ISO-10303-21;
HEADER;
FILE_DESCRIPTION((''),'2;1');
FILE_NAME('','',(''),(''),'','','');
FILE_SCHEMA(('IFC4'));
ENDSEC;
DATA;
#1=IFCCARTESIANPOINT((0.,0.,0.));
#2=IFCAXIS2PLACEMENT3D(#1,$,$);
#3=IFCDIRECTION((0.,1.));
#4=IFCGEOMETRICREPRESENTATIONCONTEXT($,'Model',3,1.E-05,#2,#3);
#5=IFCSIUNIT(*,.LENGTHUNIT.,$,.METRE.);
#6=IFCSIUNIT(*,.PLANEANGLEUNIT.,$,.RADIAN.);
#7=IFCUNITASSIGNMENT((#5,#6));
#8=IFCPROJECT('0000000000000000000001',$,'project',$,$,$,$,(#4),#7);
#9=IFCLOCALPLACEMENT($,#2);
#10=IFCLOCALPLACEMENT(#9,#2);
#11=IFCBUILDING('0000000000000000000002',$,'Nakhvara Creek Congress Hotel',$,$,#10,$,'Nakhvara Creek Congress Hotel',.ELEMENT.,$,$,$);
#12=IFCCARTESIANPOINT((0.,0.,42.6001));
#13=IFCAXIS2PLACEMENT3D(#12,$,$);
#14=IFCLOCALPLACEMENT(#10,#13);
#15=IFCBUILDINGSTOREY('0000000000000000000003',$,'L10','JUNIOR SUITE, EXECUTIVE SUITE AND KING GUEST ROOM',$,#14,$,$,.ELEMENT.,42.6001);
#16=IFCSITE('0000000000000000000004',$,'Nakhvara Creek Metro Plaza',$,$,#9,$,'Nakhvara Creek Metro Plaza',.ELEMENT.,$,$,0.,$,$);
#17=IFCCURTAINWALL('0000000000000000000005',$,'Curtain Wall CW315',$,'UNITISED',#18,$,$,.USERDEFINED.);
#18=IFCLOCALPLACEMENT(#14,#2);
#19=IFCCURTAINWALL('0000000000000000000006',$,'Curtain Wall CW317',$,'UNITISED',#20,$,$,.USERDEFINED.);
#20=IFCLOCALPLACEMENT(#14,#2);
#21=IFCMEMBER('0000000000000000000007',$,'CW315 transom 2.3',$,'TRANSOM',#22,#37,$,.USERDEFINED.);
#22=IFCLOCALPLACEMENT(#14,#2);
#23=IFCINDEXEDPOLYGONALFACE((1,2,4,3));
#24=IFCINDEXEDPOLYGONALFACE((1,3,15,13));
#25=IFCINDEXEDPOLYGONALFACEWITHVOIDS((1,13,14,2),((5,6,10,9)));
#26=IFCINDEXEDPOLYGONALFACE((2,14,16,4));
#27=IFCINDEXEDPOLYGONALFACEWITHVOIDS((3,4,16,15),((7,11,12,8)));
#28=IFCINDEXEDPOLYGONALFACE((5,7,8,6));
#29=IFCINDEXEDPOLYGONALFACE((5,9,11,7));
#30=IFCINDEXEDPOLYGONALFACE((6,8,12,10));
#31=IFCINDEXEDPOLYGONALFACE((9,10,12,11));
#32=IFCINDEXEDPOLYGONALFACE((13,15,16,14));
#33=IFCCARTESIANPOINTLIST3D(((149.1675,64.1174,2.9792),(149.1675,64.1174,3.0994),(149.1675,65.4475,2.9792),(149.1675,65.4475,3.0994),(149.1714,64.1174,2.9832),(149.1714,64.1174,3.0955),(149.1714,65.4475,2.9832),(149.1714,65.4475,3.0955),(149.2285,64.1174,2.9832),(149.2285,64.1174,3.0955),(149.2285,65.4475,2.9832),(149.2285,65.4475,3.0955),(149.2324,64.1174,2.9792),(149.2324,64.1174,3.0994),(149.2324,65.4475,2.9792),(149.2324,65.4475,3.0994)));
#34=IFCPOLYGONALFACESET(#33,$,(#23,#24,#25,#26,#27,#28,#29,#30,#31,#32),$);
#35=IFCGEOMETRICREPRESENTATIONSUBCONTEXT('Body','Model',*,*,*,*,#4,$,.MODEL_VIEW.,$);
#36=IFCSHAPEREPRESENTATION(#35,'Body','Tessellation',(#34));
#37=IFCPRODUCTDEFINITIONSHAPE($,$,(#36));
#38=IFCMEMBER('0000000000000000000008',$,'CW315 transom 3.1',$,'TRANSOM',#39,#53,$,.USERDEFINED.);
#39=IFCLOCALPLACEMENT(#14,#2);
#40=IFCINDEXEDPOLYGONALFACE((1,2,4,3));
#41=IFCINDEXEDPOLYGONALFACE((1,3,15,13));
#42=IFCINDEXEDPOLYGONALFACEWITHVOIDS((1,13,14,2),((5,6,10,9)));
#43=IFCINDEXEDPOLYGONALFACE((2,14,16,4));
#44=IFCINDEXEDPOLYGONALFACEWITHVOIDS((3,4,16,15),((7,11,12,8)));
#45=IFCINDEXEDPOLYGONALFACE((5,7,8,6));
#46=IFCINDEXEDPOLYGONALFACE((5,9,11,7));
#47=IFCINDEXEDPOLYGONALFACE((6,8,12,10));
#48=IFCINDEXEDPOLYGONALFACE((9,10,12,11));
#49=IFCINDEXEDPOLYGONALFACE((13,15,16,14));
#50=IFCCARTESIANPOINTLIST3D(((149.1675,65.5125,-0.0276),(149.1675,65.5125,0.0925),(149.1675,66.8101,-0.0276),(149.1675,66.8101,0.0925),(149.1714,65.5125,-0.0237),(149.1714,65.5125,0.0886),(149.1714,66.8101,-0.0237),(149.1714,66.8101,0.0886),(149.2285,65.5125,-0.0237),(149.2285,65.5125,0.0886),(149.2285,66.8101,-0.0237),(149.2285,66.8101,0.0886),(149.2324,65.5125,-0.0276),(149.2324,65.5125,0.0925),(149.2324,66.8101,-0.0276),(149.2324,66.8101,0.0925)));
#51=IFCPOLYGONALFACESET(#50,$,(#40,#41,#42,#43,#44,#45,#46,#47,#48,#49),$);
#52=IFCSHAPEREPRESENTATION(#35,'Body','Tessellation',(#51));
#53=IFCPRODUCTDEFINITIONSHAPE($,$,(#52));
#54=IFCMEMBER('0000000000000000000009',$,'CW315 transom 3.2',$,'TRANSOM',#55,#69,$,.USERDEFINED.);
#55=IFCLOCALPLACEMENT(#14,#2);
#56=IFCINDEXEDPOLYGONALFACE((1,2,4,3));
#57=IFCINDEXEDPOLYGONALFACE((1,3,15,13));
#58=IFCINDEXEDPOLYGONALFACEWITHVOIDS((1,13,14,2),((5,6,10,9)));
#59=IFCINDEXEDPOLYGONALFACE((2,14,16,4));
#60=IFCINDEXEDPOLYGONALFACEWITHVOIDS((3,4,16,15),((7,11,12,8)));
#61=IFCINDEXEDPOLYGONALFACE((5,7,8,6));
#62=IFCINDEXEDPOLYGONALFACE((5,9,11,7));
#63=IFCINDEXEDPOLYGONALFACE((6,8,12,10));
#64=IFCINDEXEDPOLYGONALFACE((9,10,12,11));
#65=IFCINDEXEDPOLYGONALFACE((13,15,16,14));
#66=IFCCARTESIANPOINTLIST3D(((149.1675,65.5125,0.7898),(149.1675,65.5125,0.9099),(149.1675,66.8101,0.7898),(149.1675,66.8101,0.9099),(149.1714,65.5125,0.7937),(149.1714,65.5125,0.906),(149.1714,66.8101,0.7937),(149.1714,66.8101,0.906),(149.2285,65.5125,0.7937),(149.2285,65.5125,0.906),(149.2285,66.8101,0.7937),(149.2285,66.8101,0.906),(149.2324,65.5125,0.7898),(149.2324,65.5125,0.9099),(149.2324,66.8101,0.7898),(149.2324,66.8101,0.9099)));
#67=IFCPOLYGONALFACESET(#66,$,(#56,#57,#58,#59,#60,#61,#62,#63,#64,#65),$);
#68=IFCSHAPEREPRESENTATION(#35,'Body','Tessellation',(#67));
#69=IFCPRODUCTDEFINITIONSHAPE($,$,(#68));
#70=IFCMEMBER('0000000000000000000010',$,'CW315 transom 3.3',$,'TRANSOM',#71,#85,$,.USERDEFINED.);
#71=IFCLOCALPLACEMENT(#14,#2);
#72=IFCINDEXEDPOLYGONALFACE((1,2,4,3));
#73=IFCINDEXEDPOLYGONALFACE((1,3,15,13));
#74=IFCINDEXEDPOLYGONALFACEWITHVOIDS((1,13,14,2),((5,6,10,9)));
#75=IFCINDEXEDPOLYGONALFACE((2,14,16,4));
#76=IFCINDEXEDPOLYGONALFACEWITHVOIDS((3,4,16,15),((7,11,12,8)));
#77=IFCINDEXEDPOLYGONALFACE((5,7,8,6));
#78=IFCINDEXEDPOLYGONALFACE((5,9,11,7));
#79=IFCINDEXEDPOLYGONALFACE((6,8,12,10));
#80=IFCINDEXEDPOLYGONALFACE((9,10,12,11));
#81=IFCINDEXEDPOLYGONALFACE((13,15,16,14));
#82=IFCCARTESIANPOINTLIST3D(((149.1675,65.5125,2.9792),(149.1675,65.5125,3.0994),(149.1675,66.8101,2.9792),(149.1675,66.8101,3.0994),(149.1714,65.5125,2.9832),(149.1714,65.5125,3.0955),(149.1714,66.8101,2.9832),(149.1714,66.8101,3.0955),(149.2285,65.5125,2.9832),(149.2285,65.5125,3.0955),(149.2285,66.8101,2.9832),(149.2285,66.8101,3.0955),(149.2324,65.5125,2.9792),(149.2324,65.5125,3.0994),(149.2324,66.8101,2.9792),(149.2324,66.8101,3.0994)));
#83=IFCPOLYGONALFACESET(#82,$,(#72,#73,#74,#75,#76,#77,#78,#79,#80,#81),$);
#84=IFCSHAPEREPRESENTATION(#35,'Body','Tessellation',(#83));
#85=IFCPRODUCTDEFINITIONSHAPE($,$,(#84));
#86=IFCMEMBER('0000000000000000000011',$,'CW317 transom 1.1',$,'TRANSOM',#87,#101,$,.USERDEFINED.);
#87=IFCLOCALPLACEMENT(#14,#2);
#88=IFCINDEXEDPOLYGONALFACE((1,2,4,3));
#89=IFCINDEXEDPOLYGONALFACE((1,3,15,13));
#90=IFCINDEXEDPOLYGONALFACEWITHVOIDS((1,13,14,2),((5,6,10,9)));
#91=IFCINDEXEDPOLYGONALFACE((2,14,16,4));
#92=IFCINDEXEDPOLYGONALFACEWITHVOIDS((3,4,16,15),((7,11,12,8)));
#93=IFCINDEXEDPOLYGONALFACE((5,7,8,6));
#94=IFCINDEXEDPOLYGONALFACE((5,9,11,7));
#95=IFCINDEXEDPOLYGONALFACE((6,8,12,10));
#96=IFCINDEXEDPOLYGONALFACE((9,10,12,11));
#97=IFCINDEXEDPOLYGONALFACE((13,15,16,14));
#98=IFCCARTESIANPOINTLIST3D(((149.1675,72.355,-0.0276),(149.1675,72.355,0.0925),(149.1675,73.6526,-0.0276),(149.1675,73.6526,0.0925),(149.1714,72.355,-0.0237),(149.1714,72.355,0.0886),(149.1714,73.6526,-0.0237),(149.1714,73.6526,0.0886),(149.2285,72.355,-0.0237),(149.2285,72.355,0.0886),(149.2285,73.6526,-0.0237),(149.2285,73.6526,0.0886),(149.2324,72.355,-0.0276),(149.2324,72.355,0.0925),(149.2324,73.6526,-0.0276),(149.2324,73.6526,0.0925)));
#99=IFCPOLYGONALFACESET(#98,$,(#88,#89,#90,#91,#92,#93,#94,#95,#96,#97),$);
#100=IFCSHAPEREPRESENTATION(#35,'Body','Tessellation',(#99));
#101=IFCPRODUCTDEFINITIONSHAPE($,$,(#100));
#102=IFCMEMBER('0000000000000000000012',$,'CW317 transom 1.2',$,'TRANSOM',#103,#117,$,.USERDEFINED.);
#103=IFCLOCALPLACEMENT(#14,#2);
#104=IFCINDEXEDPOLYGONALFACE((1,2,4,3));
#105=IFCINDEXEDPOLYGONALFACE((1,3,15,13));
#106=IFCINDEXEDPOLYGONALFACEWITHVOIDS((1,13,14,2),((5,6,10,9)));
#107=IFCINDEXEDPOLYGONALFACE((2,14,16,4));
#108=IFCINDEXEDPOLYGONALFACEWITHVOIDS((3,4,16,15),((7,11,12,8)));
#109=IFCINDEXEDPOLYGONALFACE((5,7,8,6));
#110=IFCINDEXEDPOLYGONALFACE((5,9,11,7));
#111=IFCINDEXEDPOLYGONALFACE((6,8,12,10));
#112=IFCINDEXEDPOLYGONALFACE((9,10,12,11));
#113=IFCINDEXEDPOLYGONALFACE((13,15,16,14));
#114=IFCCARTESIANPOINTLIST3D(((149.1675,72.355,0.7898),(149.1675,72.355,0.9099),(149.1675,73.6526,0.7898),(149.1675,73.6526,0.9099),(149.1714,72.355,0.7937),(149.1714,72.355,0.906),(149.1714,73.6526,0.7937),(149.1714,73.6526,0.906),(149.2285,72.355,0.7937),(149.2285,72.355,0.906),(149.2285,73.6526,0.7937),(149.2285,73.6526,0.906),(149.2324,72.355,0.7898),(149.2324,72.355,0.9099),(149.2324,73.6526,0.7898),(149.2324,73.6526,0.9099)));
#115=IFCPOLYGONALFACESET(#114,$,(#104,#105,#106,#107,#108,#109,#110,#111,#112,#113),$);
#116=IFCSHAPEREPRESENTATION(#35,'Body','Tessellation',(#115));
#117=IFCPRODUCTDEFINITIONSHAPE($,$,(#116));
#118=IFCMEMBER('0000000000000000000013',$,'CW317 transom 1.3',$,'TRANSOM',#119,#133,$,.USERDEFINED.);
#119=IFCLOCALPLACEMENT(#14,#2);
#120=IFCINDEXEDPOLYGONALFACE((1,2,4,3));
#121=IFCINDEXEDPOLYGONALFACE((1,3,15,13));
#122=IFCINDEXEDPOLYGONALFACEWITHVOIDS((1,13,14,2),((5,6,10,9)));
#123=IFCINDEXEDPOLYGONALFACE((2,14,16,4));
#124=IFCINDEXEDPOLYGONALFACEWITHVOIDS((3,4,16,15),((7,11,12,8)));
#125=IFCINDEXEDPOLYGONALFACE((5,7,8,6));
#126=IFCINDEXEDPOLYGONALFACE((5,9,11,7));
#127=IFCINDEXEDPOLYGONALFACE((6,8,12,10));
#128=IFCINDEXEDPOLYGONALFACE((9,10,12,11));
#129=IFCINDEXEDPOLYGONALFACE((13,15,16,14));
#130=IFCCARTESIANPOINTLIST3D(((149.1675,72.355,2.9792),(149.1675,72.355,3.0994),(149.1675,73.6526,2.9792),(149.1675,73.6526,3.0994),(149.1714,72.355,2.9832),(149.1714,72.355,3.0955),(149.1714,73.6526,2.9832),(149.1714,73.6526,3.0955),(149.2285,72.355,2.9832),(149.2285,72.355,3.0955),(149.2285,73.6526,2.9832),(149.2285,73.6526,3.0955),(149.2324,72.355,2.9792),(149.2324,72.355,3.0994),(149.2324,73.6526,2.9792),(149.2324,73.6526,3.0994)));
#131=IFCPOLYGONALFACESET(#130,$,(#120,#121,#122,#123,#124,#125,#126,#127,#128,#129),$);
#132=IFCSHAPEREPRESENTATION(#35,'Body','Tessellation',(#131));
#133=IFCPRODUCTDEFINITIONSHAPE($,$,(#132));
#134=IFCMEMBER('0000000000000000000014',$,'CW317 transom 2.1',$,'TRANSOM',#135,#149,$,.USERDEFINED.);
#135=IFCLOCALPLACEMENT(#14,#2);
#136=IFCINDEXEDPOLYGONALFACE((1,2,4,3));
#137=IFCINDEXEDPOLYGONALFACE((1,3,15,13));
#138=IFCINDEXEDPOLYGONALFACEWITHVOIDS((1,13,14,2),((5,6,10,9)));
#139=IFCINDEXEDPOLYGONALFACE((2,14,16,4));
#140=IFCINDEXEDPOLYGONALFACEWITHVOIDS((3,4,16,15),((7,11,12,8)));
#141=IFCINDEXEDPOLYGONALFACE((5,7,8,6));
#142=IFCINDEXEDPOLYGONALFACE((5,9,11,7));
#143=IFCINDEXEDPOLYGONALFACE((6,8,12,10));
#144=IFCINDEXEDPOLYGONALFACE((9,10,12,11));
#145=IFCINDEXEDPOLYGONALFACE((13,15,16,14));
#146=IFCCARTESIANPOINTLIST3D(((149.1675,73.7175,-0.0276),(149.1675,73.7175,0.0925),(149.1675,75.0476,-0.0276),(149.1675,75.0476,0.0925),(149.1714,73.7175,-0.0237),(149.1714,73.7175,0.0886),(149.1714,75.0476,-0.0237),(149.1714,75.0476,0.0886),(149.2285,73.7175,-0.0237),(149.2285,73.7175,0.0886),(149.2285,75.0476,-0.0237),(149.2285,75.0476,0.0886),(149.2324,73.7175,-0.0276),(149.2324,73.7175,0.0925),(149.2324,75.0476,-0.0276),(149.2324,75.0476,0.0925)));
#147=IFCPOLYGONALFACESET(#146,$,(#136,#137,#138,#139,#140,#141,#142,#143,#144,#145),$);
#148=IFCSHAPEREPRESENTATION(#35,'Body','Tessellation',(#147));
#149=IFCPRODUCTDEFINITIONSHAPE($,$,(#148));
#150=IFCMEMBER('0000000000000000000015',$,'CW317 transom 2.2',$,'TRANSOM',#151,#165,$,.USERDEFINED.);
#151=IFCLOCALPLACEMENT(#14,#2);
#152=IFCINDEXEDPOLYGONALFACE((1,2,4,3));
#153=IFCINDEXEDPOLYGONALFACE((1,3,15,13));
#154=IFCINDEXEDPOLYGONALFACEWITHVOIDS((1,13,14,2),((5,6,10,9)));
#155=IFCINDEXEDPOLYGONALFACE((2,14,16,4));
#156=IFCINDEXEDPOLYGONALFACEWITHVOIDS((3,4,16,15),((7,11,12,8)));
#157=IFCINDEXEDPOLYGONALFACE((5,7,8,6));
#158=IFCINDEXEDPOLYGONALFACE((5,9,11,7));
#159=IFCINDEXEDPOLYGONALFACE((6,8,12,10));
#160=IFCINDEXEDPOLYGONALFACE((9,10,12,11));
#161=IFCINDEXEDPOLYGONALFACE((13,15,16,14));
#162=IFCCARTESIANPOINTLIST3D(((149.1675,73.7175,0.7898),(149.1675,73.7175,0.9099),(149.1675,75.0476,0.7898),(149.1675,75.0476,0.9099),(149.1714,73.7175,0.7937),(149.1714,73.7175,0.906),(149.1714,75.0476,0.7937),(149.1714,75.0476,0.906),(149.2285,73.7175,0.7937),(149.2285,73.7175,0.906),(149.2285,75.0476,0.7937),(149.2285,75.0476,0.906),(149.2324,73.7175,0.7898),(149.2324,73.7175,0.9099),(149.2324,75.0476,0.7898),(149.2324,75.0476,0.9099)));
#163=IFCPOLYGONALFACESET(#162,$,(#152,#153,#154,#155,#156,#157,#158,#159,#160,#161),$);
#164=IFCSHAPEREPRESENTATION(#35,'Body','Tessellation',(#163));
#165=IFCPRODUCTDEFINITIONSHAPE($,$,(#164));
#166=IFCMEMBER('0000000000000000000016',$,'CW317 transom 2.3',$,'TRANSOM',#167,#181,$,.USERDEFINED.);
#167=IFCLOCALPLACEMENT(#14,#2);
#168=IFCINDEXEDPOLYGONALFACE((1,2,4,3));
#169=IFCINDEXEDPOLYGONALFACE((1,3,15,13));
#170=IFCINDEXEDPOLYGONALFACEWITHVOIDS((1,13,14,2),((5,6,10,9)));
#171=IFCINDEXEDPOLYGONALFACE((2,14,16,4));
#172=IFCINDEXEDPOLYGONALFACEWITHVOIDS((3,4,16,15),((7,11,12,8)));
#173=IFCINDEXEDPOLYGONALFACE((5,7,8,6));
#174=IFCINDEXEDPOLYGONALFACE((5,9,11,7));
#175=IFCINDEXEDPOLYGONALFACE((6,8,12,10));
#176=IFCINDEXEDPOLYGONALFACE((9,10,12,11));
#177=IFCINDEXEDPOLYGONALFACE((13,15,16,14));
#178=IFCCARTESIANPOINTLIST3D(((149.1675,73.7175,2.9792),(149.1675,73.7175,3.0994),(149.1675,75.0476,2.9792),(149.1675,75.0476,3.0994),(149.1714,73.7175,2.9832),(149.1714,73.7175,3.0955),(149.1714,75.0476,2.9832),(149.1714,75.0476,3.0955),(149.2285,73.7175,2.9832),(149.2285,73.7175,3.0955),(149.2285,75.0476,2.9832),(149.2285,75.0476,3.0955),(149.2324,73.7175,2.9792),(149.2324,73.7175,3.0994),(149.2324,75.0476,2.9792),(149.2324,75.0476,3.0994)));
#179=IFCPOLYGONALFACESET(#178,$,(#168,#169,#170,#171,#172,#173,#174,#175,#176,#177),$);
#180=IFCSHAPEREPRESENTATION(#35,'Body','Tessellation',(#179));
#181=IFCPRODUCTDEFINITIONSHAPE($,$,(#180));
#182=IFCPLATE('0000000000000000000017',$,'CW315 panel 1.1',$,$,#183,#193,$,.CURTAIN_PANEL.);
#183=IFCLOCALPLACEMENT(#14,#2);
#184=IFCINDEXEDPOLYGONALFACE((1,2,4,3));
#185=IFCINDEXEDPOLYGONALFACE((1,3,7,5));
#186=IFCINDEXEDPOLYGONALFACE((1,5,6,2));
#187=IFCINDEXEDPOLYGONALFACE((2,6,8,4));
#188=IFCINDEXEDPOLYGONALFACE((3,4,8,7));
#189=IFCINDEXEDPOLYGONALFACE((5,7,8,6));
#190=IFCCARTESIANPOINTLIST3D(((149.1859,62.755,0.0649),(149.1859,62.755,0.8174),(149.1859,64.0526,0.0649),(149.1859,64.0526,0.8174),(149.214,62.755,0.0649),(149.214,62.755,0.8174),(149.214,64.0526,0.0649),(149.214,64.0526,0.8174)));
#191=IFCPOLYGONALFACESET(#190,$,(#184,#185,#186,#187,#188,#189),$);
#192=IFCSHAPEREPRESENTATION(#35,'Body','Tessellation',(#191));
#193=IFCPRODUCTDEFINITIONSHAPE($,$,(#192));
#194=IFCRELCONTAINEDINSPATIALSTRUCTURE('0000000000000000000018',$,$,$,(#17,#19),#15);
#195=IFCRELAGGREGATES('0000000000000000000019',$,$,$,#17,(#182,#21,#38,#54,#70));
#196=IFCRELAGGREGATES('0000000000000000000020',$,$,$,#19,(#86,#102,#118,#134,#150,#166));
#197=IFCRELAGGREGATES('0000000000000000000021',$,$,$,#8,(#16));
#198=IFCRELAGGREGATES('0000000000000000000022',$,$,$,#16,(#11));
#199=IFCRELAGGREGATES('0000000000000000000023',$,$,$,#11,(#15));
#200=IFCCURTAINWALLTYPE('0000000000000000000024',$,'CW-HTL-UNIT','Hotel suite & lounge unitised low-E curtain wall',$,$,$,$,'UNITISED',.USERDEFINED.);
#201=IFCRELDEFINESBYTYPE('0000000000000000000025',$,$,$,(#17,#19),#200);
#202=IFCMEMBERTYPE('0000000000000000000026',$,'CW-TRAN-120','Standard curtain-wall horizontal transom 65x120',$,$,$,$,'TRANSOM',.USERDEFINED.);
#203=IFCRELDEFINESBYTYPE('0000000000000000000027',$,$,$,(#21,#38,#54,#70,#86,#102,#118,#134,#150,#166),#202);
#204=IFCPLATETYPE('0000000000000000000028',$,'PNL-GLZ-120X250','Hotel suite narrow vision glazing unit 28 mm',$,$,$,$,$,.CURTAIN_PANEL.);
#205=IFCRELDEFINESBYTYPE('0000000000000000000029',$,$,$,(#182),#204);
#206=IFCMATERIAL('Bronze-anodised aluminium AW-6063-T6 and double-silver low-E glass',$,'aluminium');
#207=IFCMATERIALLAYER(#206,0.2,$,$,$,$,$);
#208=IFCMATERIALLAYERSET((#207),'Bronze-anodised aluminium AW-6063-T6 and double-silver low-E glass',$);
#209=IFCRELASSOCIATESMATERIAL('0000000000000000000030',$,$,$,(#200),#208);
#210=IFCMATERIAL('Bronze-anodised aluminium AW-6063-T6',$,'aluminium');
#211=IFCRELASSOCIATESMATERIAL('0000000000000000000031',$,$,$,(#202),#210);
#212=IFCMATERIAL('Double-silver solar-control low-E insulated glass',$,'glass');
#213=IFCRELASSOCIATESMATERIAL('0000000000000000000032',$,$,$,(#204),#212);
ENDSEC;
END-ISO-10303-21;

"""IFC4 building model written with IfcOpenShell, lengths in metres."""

from ifc_helpers import new_model, si_unit, direction, frame, origin, origin_2d, place, context, subcontext, project, spatial, rectangle, hollow_rectangle, extrude, material, layer, layer_set, material_profile, profile_set, type_object, element, aggregate, save


model = new_model("IFC4")

# Units and contexts
model_context = context("Model", 3, precision=1e-05, world=origin(), true_north=direction((0.0, 1.0)))
body_context = subcontext(model_context, "Body", "Model", "MODEL_VIEW")
ifc_project = project(units=[si_unit("LENGTHUNIT", "METRE"), si_unit("PLANEANGLEUNIT", "RADIAN")], contexts=[model_context])

# Site, building, storey
site_placement = place(None, origin())
site = spatial("IfcSite", under=ifc_project, at=site_placement, Name="Nakhvara Creek Metro Plaza", LongName="Nakhvara Creek Metro Plaza", CompositionType="ELEMENT", RefElevation=0.0)
building_placement = place(site_placement, origin())
building = spatial("IfcBuilding", under=site, at=building_placement, Name="Nakhvara Creek Congress Hotel", LongName="Nakhvara Creek Congress Hotel", CompositionType="ELEMENT")
storey_placement = place(building_placement, frame((0.0, 0.0, 42.6001)))
storey = spatial("IfcBuildingStorey", under=building, at=storey_placement, Name="L10", Description="JUNIOR SUITE, EXECUTIVE SUITE AND KING GUEST ROOM", CompositionType="ELEMENT", Elevation=42.6001)

# Curtain walls
ifc_material_1 = material(Name="Bronze-anodised aluminium AW-6063-T6 and double-silver low-E glass", Category="aluminium")
ifc_layer = layer(ifc_material_1, 0.2)
ifc_layer_set = layer_set([ifc_layer], Name="Bronze-anodised aluminium AW-6063-T6 and double-silver low-E glass")
curtain_wall_type = type_object("IfcCurtainWallType", Name="CW-HTL-UNIT", Description="Hotel suite & lounge unitised low-E curtain wall", ElementType="UNITISED", PredefinedType="USERDEFINED", material=ifc_layer_set)
curtain_wall_1_placement = place(storey_placement, origin())
curtain_wall_1 = element("IfcCurtainWall", 1, at=curtain_wall_1_placement, inside=storey, type_object=curtain_wall_type, Name="Curtain Wall CW315", ObjectType="UNITISED", PredefinedType="USERDEFINED")
ifc_material_2 = material(Name="Bronze-anodised aluminium AW-6063-T6", Category="aluminium")
curtain_wall_2_placement = place(storey_placement, origin())
curtain_wall_2 = element("IfcCurtainWall", 2, at=curtain_wall_2_placement, inside=storey, type_object=curtain_wall_type, Name="Curtain Wall CW317", ObjectType="UNITISED", PredefinedType="USERDEFINED")

# Members
ifc_material_profile_1 = material_profile(ifc_material_2, hollow_rectangle(XDim=0.0649, YDim=0.1201, WallThickness=0.0039, at=origin_2d()), Name="ALU-TRAN 65x120x4", Category="LoadBearing")
ifc_profile_set_1 = profile_set([ifc_material_profile_1], Name="Bronze-anodised aluminium AW-6063-T6")
member_type_1 = type_object("IfcMemberType", Name="CW-TRAN-120", Description="Standard curtain-wall horizontal transom 65x120", ElementType="TRANSOM", PredefinedType="USERDEFINED", material=ifc_profile_set_1)
member_1_placement = place(storey_placement, frame((149.2, 64.1174, 3.0393), z_axis=(0.0, 1.0, 0.0), x_axis=(-1.0, 0.0, 0.0)))
member_1 = element("IfcMember", 3, at=member_1_placement, type_object=member_type_1, Name="CW315 transom 2.3", ObjectType="TRANSOM", PredefinedType="USERDEFINED", context=body_context, shape_type="SweptSolid", body=[
    extrude(hollow_rectangle(XDim=0.0649, YDim=0.1201, WallThickness=0.0039, at=origin_2d()), origin(), (0.0, 0.0, 1.0), 1.3301),
])
member_2_placement = place(storey_placement, frame((149.2, 65.5125, 0.0325), z_axis=(0.0, 1.0, 0.0), x_axis=(-1.0, 0.0, 0.0)))
member_2 = element("IfcMember", 4, at=member_2_placement, type_object=member_type_1, Name="CW315 transom 3.1", ObjectType="TRANSOM", PredefinedType="USERDEFINED", context=body_context, shape_type="SweptSolid", body=[
    extrude(hollow_rectangle(XDim=0.0649, YDim=0.1201, WallThickness=0.0039, at=origin_2d()), origin(), (0.0, 0.0, 1.0), 1.2976),
])
member_3_placement = place(storey_placement, frame((149.2, 65.5125, 0.8499), z_axis=(0.0, 1.0, 0.0), x_axis=(-1.0, 0.0, 0.0)))
member_3 = element("IfcMember", 5, at=member_3_placement, type_object=member_type_1, Name="CW315 transom 3.2", ObjectType="TRANSOM", PredefinedType="USERDEFINED", context=body_context, shape_type="SweptSolid", body=[
    extrude(hollow_rectangle(XDim=0.0649, YDim=0.1201, WallThickness=0.0039, at=origin_2d()), origin(), (0.0, 0.0, 1.0), 1.2976),
])
member_4_placement = place(storey_placement, frame((149.2, 65.5125, 3.0393), z_axis=(0.0, 1.0, 0.0), x_axis=(-1.0, 0.0, 0.0)))
member_4 = element("IfcMember", 6, at=member_4_placement, type_object=member_type_1, Name="CW315 transom 3.3", ObjectType="TRANSOM", PredefinedType="USERDEFINED", context=body_context, shape_type="SweptSolid", body=[
    extrude(hollow_rectangle(XDim=0.0649, YDim=0.1201, WallThickness=0.0039, at=origin_2d()), origin(), (0.0, 0.0, 1.0), 1.2976),
])
member_5_placement = place(storey_placement, frame((149.2, 72.355, 0.0325), z_axis=(0.0, 1.0, 0.0), x_axis=(-1.0, 0.0, 0.0)))
member_5 = element("IfcMember", 7, at=member_5_placement, type_object=member_type_1, Name="CW317 transom 1.1", ObjectType="TRANSOM", PredefinedType="USERDEFINED", context=body_context, shape_type="SweptSolid", body=[
    extrude(hollow_rectangle(XDim=0.0649, YDim=0.1201, WallThickness=0.0039, at=origin_2d()), origin(), (0.0, 0.0, 1.0), 1.2976),
])
member_6_placement = place(storey_placement, frame((149.2, 72.355, 0.8499), z_axis=(0.0, 1.0, 0.0), x_axis=(-1.0, 0.0, 0.0)))
member_6 = element("IfcMember", 8, at=member_6_placement, type_object=member_type_1, Name="CW317 transom 1.2", ObjectType="TRANSOM", PredefinedType="USERDEFINED", context=body_context, shape_type="SweptSolid", body=[
    extrude(hollow_rectangle(XDim=0.0649, YDim=0.1201, WallThickness=0.0039, at=origin_2d()), origin(), (0.0, 0.0, 1.0), 1.2976),
])
member_7_placement = place(storey_placement, frame((149.2, 72.355, 3.0393), z_axis=(0.0, 1.0, 0.0), x_axis=(-1.0, 0.0, 0.0)))
member_7 = element("IfcMember", 9, at=member_7_placement, type_object=member_type_1, Name="CW317 transom 1.3", ObjectType="TRANSOM", PredefinedType="USERDEFINED", context=body_context, shape_type="SweptSolid", body=[
    extrude(hollow_rectangle(XDim=0.0649, YDim=0.1201, WallThickness=0.0039, at=origin_2d()), origin(), (0.0, 0.0, 1.0), 1.2976),
])
member_8_placement = place(storey_placement, frame((149.2, 73.7175, 0.0325), z_axis=(0.0, 1.0, 0.0), x_axis=(-1.0, 0.0, 0.0)))
member_8 = element("IfcMember", 10, at=member_8_placement, type_object=member_type_1, Name="CW317 transom 2.1", ObjectType="TRANSOM", PredefinedType="USERDEFINED", context=body_context, shape_type="SweptSolid", body=[
    extrude(hollow_rectangle(XDim=0.0649, YDim=0.1201, WallThickness=0.0039, at=origin_2d()), origin(), (0.0, 0.0, 1.0), 1.3301),
])
member_9_placement = place(storey_placement, frame((149.2, 73.7175, 0.8499), z_axis=(0.0, 1.0, 0.0), x_axis=(-1.0, 0.0, 0.0)))
member_9 = element("IfcMember", 11, at=member_9_placement, type_object=member_type_1, Name="CW317 transom 2.2", ObjectType="TRANSOM", PredefinedType="USERDEFINED", context=body_context, shape_type="SweptSolid", body=[
    extrude(hollow_rectangle(XDim=0.0649, YDim=0.1201, WallThickness=0.0039, at=origin_2d()), origin(), (0.0, 0.0, 1.0), 1.3301),
])
member_10_placement = place(storey_placement, frame((149.2, 73.7175, 3.0393), z_axis=(0.0, 1.0, 0.0), x_axis=(-1.0, 0.0, 0.0)))
member_10 = element("IfcMember", 12, at=member_10_placement, type_object=member_type_1, Name="CW317 transom 2.3", ObjectType="TRANSOM", PredefinedType="USERDEFINED", context=body_context, shape_type="SweptSolid", body=[
    extrude(hollow_rectangle(XDim=0.0649, YDim=0.1201, WallThickness=0.0039, at=origin_2d()), origin(), (0.0, 0.0, 1.0), 1.3301),
])

# Plate
ifc_material_3 = material(Name="Double-silver solar-control low-E insulated glass", Category="glass")
plate_type_1 = type_object("IfcPlateType", Name="PNL-GLZ-120X250", Description="Hotel suite narrow vision glazing unit 28 mm", PredefinedType="CURTAIN_PANEL", material=ifc_material_3)
plate_1_placement = place(storey_placement, frame((149.2, 63.4038, 0.0649), z_axis=(0.0, 0.0, 1.0), x_axis=(0.0, 1.0, 0.0)))
plate_1 = element("IfcPlate", 13, at=plate_1_placement, type_object=plate_type_1, Name="CW315 panel 1.1", PredefinedType="CURTAIN_PANEL", context=body_context, shape_type="SweptSolid", body=[
    extrude(rectangle(XDim=1.2976, YDim=0.0281, at=origin_2d()), origin(), (0.0, 0.0, 1.0), 0.7524),
])
aggregate(curtain_wall_1, [plate_1, member_1, member_2, member_3, member_4])
aggregate(curtain_wall_2, [member_5, member_6, member_7, member_8, member_9, member_10])

save(model, "model.ifc")
